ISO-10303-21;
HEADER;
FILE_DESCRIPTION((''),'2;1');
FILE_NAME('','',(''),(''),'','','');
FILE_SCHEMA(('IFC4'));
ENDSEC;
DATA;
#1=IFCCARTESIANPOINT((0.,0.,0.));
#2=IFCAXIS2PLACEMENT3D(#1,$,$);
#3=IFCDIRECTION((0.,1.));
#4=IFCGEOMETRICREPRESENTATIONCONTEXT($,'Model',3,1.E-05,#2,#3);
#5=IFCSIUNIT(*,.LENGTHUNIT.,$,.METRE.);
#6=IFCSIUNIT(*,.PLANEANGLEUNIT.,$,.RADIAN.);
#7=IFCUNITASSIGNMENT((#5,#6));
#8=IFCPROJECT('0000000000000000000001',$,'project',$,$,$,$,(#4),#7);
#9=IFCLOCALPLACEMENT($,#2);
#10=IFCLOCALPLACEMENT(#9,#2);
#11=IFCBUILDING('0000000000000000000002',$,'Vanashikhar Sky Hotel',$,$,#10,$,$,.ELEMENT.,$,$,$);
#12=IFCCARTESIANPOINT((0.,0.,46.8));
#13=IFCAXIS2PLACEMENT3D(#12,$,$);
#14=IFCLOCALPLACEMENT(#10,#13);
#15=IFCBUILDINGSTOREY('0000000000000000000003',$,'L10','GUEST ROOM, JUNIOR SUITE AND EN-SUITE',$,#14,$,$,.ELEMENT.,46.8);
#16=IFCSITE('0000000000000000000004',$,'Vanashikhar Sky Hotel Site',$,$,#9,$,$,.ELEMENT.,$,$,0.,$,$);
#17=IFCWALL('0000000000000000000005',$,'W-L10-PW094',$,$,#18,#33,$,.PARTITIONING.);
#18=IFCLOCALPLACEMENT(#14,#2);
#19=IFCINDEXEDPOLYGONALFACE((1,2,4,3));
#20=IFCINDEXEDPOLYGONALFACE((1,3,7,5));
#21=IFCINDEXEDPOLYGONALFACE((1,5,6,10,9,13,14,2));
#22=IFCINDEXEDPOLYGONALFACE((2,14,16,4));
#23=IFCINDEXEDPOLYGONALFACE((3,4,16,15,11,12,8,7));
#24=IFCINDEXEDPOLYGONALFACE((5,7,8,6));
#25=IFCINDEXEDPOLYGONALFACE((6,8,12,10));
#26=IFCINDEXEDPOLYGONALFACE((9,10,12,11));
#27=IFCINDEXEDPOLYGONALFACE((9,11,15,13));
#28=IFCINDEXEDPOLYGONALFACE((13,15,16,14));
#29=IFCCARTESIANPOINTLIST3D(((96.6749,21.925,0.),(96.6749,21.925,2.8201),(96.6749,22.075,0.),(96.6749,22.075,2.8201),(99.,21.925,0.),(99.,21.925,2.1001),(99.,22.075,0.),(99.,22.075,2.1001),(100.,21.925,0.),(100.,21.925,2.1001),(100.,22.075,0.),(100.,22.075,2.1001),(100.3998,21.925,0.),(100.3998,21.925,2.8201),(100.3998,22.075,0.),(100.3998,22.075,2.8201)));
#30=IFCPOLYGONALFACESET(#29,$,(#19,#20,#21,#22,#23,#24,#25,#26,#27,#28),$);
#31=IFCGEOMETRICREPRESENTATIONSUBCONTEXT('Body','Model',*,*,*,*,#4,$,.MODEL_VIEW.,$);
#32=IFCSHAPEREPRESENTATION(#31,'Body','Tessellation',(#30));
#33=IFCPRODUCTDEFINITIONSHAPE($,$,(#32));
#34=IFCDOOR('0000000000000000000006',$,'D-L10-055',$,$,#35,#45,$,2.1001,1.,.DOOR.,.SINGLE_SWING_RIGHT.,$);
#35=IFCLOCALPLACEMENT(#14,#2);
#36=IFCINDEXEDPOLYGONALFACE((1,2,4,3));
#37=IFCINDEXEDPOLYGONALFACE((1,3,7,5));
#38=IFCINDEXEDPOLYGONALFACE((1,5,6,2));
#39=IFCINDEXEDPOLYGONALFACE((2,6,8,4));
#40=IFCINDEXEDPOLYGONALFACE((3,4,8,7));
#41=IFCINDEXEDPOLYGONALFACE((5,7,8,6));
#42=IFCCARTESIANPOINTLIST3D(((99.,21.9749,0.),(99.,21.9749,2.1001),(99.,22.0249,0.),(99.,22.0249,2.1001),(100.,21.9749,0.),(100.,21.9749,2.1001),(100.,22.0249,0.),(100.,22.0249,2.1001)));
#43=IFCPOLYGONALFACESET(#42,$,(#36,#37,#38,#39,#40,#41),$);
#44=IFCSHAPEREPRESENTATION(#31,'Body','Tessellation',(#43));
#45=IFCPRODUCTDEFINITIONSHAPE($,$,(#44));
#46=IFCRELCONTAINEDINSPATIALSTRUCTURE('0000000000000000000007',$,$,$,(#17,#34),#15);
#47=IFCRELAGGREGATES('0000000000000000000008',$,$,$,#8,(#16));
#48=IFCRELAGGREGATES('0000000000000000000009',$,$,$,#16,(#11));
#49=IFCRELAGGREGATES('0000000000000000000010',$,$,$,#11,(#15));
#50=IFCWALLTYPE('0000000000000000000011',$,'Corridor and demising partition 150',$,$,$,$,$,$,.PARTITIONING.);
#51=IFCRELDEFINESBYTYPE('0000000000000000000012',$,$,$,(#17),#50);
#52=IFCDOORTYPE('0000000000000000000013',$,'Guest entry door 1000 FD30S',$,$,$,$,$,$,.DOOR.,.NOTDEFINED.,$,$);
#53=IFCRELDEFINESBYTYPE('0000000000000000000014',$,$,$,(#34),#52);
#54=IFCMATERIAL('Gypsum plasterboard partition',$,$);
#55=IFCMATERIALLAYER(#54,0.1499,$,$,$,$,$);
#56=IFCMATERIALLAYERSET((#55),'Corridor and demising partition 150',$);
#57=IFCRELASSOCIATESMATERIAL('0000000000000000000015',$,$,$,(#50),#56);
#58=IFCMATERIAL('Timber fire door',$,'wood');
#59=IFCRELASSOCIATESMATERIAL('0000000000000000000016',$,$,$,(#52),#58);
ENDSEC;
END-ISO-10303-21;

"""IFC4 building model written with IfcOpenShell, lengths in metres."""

from ifc_helpers import new_model, si_unit, direction, frame, frame_2d, origin, place, context, subcontext, project, spatial, rectangle, extrude, source, transform, mapped, material, layer, layer_set, type_object, element, fill, save


model = new_model("IFC4")

# Units and contexts
model_context = context("Model", 3, precision=1e-05, world=origin(), true_north=direction((0.0, 1.0)))
body_context = subcontext(model_context, "Body", "Model", "MODEL_VIEW")
ifc_project = project(units=[si_unit("LENGTHUNIT", "METRE"), si_unit("PLANEANGLEUNIT", "RADIAN")], contexts=[model_context])

# Site, building, storey
site_placement = place(None, origin())
site = spatial("IfcSite", under=ifc_project, at=site_placement, Name="Vanashikhar Sky Hotel Site", CompositionType="ELEMENT", RefElevation=0.0)
building_placement = place(site_placement, origin())
building = spatial("IfcBuilding", under=site, at=building_placement, Name="Vanashikhar Sky Hotel", CompositionType="ELEMENT")
storey_placement = place(building_placement, frame((0.0, 0.0, 46.8)))
storey = spatial("IfcBuildingStorey", under=building, at=storey_placement, Name="L10", Description="GUEST ROOM, JUNIOR SUITE AND EN-SUITE", CompositionType="ELEMENT", Elevation=46.8)

# Shared definitions
ifc_material_1 = material(Name="Gypsum plasterboard partition")

# Shared definitions
ifc_layer_1 = layer(ifc_material_1, 0.1499)
ifc_layer_set_1 = layer_set([ifc_layer_1], Name="Corridor and demising partition 150")
wall_type_1 = type_object("IfcWallType", Name="Corridor and demising partition 150", PredefinedType="PARTITIONING", material=ifc_layer_set_1)
shared_shape_1 = source(origin(), body_context, "Body", "SweptSolid", [
    extrude(rectangle(XDim=1.0, YDim=2.1001, at=frame_2d((0.5, 1.05))), frame((0.0, 0.085, 0.0), z_axis=(0.0, -1.0, 0.0), x_axis=(1.0, 0.0, 0.0)), (0.0, 0.0, 1.0), 0.1699),
])
ifc_material_2 = material(Name="Timber fire door", Category="wood")
door_type_1 = type_object("IfcDoorType", Name="Guest entry door 1000 FD30S", OperationType="NOTDEFINED", PredefinedType="DOOR", material=ifc_material_2)
shared_shape_2 = source(origin(), body_context, "Body", "SweptSolid", [
    extrude(rectangle(XDim=1.0, YDim=2.1001, at=frame_2d((0.5, 1.05))), frame((0.0, 0.0249, 0.0), z_axis=(0.0, -1.0, 0.0), x_axis=(1.0, 0.0, 0.0)), (0.0, 0.0, 1.0), 0.05),
])

# Wall, opening, door
shared_shape_3 = source(origin(), body_context, "Body", "SweptSolid", [
    extrude(rectangle(XDim=3.7249, YDim=0.1499, at=frame_2d((1.8623, 0.0))), origin(), (0.0, 0.0, 1.0), 2.8201),
])
wall_1_placement = place(storey_placement, frame((96.675, 22.0, 0.0), z_axis=(0.0, 0.0, 1.0), x_axis=(1.0, 0.0, 0.0)))
wall_1 = element("IfcWall", 1, at=wall_1_placement, inside=storey, type_object=wall_type_1, Name="W-L10-PW094", PredefinedType="PARTITIONING", context=body_context, shape_type="MappedRepresentation", body=[
    mapped(shared_shape_3, transform((0.0, 0.0, 0.0), scale=1.0)),
])
opening_1_placement = place(wall_1_placement, frame((2.325, 0.0, 0.0)))
opening_1 = element("IfcOpeningElement", 2, at=opening_1_placement, cuts=wall_1, PredefinedType="OPENING", context=body_context, shape_type="MappedRepresentation", body=[
    mapped(shared_shape_1, transform((0.0, 0.0, 0.0), scale=1.0)),
])
door_1_placement = place(opening_1_placement, origin())
door_1 = element("IfcDoor", 3, at=door_1_placement, inside=storey, type_object=door_type_1, Name="D-L10-055", OperationType="SINGLE_SWING_RIGHT", OverallHeight=2.1001, OverallWidth=1.0, PredefinedType="DOOR", context=body_context, shape_type="MappedRepresentation", body=[
    mapped(shared_shape_2, transform((0.0, 0.0, 0.0), scale=1.0)),
])
fill(opening_1, door_1)

save(model, "model.ifc")
